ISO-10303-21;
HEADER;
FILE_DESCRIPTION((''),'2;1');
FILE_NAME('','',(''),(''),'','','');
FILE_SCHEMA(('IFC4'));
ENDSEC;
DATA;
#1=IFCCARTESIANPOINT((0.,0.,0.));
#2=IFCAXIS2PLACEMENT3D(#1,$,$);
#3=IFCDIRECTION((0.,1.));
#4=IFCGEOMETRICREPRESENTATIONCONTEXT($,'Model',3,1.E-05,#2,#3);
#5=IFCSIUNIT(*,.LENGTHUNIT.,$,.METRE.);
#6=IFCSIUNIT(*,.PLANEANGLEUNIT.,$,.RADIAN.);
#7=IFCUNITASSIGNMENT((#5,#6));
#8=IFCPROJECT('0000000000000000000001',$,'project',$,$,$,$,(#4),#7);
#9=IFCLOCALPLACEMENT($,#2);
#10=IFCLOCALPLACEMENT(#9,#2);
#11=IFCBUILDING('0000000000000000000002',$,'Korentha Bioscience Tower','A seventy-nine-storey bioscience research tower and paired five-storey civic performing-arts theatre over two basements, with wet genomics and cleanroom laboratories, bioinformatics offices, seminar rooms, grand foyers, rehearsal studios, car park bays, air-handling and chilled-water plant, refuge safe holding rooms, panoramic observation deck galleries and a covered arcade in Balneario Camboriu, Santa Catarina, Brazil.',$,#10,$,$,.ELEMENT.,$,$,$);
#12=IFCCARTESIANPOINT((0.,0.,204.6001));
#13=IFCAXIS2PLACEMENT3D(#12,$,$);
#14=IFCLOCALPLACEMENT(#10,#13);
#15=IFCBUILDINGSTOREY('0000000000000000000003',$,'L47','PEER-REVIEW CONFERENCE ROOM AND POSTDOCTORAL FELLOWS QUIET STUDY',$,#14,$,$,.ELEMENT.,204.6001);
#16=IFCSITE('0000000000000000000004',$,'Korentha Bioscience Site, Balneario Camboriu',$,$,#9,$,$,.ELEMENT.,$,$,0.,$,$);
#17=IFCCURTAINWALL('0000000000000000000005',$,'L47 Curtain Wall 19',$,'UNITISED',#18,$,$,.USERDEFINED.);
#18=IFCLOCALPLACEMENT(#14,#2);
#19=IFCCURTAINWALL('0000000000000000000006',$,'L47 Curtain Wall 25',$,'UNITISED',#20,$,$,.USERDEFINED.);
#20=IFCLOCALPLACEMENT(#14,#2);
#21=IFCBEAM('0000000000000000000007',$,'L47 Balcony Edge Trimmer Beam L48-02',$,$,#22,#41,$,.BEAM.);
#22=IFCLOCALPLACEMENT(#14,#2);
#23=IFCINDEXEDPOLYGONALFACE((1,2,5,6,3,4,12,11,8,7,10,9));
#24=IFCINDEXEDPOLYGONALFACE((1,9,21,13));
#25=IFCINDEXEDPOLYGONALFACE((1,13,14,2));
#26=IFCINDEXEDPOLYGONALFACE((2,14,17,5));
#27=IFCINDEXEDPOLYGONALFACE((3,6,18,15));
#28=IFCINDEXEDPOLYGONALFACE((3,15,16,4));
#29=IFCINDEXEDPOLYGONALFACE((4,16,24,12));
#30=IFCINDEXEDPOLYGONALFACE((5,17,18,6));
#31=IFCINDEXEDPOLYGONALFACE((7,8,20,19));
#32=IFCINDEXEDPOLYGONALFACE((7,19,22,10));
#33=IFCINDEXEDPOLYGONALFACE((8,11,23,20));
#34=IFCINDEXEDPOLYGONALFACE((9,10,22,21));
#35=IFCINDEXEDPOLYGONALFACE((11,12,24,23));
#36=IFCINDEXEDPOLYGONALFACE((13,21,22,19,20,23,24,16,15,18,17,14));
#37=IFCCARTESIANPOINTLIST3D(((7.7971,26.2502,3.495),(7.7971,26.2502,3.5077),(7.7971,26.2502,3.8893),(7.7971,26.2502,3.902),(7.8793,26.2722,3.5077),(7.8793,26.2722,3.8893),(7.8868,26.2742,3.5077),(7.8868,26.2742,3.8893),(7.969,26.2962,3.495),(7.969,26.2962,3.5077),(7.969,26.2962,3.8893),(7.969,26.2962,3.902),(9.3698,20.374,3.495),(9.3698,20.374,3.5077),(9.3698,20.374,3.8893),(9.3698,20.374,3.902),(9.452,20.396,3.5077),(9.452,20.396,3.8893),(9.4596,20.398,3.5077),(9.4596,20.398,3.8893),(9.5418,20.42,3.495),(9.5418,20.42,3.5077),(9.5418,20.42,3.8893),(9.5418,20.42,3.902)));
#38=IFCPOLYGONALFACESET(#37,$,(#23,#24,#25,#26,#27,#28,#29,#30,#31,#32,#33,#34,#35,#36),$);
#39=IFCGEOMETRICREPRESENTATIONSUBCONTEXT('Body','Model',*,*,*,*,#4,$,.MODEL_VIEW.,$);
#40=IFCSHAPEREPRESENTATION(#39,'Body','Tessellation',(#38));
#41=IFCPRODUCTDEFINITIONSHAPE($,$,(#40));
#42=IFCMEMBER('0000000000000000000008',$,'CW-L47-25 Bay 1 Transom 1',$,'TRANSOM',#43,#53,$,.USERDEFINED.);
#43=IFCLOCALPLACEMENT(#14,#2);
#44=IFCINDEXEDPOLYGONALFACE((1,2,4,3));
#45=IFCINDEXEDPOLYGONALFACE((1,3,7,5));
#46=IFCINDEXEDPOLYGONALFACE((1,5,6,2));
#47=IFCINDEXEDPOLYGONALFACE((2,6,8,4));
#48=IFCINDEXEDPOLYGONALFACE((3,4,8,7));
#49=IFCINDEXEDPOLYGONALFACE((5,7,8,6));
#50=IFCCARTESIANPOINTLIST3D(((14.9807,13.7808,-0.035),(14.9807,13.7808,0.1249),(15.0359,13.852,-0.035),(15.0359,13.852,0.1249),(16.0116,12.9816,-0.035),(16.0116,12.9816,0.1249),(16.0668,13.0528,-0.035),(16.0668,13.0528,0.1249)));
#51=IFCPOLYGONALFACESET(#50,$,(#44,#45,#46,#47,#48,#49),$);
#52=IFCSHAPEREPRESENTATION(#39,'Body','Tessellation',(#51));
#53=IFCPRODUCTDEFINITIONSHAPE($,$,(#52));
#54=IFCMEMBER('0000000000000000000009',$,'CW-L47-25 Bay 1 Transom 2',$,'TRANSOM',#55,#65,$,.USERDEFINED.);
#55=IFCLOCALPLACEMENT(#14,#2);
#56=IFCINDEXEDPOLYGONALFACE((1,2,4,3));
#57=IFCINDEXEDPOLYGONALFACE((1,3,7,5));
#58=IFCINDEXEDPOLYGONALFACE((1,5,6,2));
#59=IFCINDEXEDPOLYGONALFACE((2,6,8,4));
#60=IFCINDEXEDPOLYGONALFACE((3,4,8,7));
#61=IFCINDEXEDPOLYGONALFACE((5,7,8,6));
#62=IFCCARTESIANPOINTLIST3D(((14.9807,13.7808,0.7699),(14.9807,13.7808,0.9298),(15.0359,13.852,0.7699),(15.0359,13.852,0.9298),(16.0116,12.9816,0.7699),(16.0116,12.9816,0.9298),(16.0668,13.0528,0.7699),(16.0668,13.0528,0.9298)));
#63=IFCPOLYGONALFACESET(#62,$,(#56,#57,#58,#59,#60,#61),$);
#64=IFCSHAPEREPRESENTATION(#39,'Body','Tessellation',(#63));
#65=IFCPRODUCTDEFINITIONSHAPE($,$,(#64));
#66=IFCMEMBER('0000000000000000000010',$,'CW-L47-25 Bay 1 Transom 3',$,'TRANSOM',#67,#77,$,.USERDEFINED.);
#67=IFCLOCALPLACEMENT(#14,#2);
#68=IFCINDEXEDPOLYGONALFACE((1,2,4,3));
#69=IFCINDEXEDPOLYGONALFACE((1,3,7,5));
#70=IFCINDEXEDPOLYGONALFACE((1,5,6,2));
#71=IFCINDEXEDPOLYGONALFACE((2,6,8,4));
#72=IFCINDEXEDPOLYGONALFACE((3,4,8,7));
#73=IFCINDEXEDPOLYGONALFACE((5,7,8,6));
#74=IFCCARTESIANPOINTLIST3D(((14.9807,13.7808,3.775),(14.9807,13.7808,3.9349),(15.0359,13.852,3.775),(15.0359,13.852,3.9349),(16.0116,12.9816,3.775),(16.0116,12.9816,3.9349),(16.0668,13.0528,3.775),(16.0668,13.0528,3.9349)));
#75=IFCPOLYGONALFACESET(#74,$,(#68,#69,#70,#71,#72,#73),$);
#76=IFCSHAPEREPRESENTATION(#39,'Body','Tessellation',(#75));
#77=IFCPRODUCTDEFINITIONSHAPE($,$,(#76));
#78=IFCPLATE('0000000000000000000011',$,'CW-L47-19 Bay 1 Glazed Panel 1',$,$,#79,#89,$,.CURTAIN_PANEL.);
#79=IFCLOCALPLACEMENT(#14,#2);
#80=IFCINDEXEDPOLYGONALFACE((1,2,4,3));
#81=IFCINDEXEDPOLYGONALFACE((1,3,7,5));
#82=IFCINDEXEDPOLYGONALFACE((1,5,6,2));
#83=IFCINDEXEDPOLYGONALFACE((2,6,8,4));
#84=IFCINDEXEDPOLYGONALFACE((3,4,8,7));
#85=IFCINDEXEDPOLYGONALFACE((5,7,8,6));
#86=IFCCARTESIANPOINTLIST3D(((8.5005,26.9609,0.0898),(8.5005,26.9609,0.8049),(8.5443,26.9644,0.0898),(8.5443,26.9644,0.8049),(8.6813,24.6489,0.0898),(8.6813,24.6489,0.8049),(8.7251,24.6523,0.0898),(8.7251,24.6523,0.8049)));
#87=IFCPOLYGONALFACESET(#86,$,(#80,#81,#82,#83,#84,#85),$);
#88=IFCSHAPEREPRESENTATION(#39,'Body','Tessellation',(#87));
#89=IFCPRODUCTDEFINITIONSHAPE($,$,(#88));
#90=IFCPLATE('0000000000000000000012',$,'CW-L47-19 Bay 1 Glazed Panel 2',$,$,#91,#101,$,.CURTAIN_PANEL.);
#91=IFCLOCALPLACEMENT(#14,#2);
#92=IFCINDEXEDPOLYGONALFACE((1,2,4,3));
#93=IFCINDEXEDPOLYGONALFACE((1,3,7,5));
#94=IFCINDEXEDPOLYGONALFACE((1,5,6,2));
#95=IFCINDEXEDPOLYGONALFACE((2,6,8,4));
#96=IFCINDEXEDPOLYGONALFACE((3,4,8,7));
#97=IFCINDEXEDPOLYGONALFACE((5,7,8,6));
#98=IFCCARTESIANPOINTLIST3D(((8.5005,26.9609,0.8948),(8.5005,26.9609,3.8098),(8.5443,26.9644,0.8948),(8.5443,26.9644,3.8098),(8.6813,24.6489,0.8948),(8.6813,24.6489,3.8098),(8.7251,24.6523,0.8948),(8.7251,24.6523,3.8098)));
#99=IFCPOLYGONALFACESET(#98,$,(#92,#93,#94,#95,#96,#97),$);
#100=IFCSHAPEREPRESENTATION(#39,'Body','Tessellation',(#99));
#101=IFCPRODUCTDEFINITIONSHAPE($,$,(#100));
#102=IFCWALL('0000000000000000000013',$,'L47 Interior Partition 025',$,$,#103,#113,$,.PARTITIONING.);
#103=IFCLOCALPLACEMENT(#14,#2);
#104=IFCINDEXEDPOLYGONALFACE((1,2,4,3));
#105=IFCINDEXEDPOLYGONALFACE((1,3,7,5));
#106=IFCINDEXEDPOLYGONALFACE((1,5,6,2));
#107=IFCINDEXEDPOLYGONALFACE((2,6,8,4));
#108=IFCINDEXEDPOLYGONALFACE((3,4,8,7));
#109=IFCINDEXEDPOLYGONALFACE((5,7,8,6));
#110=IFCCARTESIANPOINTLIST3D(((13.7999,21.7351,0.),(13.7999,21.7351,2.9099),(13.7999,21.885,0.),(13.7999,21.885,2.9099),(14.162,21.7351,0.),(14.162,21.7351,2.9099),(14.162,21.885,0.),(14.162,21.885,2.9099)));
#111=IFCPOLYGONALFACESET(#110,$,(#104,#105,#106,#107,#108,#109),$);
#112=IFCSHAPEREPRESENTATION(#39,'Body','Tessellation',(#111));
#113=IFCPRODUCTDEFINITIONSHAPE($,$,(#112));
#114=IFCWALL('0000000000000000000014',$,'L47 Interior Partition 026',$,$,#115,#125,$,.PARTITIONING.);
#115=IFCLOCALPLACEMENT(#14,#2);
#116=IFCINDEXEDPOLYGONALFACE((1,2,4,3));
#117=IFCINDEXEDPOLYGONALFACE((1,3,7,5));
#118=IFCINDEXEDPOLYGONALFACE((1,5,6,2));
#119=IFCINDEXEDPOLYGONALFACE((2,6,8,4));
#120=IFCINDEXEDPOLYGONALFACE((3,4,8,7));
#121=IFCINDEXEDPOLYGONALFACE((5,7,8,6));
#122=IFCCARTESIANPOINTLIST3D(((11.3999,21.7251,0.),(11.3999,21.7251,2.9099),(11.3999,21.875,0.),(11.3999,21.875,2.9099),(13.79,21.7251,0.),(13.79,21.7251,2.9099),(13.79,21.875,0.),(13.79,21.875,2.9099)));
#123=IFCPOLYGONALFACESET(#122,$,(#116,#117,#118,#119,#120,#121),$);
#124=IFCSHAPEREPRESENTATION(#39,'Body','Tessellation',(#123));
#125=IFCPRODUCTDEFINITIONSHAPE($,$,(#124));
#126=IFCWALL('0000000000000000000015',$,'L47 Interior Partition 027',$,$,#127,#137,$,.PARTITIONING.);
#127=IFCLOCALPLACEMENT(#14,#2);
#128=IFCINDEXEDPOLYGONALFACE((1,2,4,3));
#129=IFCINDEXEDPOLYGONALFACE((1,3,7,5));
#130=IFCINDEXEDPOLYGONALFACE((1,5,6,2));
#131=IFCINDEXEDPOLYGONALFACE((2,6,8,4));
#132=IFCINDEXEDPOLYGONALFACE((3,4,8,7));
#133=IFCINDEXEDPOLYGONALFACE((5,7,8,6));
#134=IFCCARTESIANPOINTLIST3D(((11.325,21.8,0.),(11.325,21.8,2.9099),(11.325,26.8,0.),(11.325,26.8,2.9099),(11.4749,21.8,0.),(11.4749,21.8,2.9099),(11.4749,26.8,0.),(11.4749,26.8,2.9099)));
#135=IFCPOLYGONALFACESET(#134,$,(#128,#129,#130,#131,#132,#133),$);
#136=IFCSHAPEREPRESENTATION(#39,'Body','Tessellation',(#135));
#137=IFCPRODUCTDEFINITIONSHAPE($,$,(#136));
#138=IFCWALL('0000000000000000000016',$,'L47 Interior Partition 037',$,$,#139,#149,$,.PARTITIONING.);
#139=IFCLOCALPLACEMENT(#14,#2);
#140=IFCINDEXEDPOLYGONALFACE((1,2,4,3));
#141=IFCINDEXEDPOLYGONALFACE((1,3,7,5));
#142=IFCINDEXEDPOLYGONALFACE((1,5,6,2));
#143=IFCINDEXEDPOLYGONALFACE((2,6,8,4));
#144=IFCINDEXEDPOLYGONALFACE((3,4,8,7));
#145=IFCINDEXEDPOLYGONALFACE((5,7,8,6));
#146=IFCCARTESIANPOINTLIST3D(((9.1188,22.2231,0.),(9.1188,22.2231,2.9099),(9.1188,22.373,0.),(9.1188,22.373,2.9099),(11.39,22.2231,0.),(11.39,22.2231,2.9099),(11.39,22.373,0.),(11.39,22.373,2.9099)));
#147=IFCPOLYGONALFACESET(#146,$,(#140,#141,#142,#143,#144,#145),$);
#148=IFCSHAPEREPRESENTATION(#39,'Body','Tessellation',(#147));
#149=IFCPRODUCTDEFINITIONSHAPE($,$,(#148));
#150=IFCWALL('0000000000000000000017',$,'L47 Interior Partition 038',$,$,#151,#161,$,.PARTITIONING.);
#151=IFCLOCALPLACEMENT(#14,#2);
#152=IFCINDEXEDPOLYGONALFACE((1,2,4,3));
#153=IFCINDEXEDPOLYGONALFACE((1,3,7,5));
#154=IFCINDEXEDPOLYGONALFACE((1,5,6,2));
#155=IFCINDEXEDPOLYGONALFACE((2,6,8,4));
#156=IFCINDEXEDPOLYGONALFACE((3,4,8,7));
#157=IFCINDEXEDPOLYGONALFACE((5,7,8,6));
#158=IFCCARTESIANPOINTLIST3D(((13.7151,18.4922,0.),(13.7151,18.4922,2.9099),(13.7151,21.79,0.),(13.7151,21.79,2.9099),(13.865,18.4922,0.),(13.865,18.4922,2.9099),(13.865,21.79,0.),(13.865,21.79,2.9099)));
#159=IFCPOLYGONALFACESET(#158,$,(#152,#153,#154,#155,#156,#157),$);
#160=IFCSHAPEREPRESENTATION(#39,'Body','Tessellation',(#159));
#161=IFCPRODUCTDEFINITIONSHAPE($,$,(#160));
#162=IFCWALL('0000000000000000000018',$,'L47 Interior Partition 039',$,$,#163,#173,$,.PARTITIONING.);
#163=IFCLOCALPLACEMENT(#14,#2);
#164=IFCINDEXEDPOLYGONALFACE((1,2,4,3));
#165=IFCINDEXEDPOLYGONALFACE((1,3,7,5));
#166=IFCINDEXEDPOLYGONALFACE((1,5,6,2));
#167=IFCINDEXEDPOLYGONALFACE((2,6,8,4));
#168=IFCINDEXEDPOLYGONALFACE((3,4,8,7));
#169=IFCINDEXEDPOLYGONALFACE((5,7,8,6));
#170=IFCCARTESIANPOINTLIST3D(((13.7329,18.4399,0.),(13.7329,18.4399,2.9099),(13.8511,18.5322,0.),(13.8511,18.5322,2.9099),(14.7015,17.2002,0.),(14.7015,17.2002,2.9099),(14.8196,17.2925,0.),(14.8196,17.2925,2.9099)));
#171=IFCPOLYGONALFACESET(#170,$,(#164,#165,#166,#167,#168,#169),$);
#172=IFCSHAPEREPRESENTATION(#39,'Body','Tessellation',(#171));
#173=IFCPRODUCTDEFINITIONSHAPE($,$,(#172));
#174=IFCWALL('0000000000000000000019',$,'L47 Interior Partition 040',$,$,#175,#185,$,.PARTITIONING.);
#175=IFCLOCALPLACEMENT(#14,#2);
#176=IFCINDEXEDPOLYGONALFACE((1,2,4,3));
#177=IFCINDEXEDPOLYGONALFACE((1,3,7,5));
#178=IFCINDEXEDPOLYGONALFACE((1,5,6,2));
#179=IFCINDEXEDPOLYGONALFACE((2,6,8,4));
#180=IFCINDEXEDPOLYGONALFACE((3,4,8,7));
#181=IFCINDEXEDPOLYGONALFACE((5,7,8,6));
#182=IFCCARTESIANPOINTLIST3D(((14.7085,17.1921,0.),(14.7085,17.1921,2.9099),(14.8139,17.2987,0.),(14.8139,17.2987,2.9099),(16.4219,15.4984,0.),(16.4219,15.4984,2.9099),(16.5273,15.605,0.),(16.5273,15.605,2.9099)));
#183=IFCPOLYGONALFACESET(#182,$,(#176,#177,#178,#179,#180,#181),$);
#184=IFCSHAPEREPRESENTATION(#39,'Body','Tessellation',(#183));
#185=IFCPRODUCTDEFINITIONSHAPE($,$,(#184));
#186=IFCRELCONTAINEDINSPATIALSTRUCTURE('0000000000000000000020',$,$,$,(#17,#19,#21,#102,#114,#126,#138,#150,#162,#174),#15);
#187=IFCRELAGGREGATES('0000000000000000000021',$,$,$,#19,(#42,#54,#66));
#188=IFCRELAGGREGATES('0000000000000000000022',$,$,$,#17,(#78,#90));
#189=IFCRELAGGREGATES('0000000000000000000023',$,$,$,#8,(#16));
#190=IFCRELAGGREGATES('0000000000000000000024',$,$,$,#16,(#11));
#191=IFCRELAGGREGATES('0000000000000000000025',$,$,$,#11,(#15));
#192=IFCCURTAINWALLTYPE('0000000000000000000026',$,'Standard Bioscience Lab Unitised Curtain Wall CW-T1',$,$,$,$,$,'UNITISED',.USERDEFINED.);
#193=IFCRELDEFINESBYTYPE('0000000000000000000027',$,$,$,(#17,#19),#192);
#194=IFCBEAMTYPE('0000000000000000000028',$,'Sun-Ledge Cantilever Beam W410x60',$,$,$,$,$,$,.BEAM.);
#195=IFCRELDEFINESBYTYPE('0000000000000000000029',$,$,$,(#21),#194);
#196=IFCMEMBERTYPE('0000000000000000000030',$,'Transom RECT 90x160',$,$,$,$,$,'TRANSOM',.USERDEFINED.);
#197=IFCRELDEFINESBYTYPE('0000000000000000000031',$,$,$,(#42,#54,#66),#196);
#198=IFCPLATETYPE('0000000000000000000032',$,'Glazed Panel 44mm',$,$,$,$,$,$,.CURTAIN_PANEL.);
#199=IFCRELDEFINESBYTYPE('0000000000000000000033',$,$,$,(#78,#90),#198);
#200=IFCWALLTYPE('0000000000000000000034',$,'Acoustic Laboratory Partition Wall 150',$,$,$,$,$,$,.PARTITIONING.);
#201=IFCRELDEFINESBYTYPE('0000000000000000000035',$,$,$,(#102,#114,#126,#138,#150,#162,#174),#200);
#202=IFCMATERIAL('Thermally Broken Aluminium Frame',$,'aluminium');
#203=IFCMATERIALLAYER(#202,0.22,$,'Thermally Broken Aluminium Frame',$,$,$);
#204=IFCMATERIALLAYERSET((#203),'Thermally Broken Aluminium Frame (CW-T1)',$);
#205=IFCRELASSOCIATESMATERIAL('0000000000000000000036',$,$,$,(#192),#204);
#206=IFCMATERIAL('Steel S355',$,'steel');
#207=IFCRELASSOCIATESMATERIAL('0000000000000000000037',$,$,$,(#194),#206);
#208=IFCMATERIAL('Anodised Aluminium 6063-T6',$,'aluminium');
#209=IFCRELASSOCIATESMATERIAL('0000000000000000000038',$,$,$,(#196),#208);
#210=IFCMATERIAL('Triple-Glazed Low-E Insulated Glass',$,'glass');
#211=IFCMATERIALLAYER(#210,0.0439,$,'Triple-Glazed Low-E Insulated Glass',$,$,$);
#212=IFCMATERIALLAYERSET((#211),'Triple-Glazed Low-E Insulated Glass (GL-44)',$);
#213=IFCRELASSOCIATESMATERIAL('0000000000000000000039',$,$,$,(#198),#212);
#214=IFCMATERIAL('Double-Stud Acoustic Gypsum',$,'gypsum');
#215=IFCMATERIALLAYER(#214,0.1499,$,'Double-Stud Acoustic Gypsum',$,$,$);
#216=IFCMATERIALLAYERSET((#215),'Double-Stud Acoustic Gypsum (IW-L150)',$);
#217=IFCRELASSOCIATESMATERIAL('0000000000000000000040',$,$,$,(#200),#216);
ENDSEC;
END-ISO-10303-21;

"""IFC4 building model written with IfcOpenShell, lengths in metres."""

from ifc_helpers import new_model, si_unit, direction, frame, frame_2d, origin, origin_2d, place, context, subcontext, project, spatial, rectangle, i_section, extrude, material, layer, layer_set, material_profile, profile_set, type_object, element, aggregate, save


model = new_model("IFC4")

# Units and contexts
model_context = context("Model", 3, precision=1e-05, world=origin(), true_north=direction((0.0, 1.0)))
body_context = subcontext(model_context, "Body", "Model", "MODEL_VIEW")
ifc_project = project(units=[si_unit("LENGTHUNIT", "METRE"), si_unit("PLANEANGLEUNIT", "RADIAN")], contexts=[model_context])

# Site, building, storey
site_placement = place(None, origin())
site = spatial("IfcSite", under=ifc_project, at=site_placement, Name="Korentha Bioscience Site, Balneario Camboriu", CompositionType="ELEMENT", RefElevation=0.0)
building_placement = place(site_placement, origin())
building = spatial("IfcBuilding", under=site, at=building_placement, Name="Korentha Bioscience Tower", Description="A seventy-nine-storey bioscience research tower and paired five-storey civic performing-arts theatre over two basements, with wet genomics and cleanroom laboratories, bioinformatics offices, seminar rooms, grand foyers, rehearsal studios, car park bays, air-handling and chilled-water plant, refuge safe holding rooms, panoramic observation deck galleries and a covered arcade in Balneario Camboriu, Santa Catarina, Brazil.", CompositionType="ELEMENT")
storey_placement = place(building_placement, frame((0.0, 0.0, 204.6001)))
storey = spatial("IfcBuildingStorey", under=building, at=storey_placement, Name="L47", Description="PEER-REVIEW CONFERENCE ROOM AND POSTDOCTORAL FELLOWS QUIET STUDY", CompositionType="ELEMENT", Elevation=204.6001)

# Curtain walls
ifc_material_1 = material(Name="Thermally Broken Aluminium Frame", Category="aluminium")
ifc_layer_1 = layer(ifc_material_1, 0.22, Name="Thermally Broken Aluminium Frame")
ifc_layer_set_1 = layer_set([ifc_layer_1], Name="Thermally Broken Aluminium Frame (CW-T1)")
curtain_wall_type = type_object("IfcCurtainWallType", Name="Standard Bioscience Lab Unitised Curtain Wall CW-T1", ElementType="UNITISED", PredefinedType="USERDEFINED", material=ifc_layer_set_1)
curtain_wall_1_placement = place(storey_placement, origin())
curtain_wall_1 = element("IfcCurtainWall", 1, at=curtain_wall_1_placement, inside=storey, type_object=curtain_wall_type, Name="L47 Curtain Wall 19", ObjectType="UNITISED", PredefinedType="USERDEFINED")
ifc_material_2 = material(Name="Anodised Aluminium 6063-T6", Category="aluminium")
curtain_wall_2_placement = place(storey_placement, origin())
curtain_wall_2 = element("IfcCurtainWall", 2, at=curtain_wall_2_placement, inside=storey, type_object=curtain_wall_type, Name="L47 Curtain Wall 25", ObjectType="UNITISED", PredefinedType="USERDEFINED")

# Beam
ifc_material_3 = material(Name="Steel S355", Category="steel")
ifc_material_profile_1 = material_profile(ifc_material_3, i_section(OverallWidth=0.178, OverallDepth=0.407, WebThickness=0.0078, FlangeThickness=0.0127, at=origin_2d()), Name="Steel S355")
ifc_profile_set_1 = profile_set([ifc_material_profile_1], Name="Steel S355 (CB-410)")
beam_type_1 = type_object("IfcBeamType", Name="Sun-Ledge Cantilever Beam W410x60", PredefinedType="BEAM", material=ifc_profile_set_1)
beam_1_placement = place(storey_placement, frame((7.8831, 26.2732, 3.6985), z_axis=(0.258547, -0.965999, 0.0), x_axis=(0.965999, 0.258547, 0.0)))
element("IfcBeam", 3, at=beam_1_placement, inside=storey, type_object=beam_type_1, Name="L47 Balcony Edge Trimmer Beam L48-02", PredefinedType="BEAM", context=body_context, shape_type="SweptSolid", body=[
    extrude(i_section(OverallWidth=0.178, OverallDepth=0.407, WebThickness=0.0078, FlangeThickness=0.0127, at=origin_2d()), origin(), (0.0, 0.0, 1.0), 6.083),
])

# Members
ifc_material_profile_2 = material_profile(ifc_material_2, rectangle(XDim=0.0901, YDim=0.1599, at=origin_2d()), Name="Anodised Aluminium 6063-T6")
ifc_profile_set_2 = profile_set([ifc_material_profile_2], Name="Anodised Aluminium 6063-T6 (CW-TRN)")
member_type_1 = type_object("IfcMemberType", Name="Transom RECT 90x160", ElementType="TRANSOM", PredefinedType="USERDEFINED", material=ifc_profile_set_2)
member_1_placement = place(storey_placement, frame((15.0083, 13.8164, 0.0449), z_axis=(0.790309, -0.612709, 0.0), x_axis=(0.612709, 0.790309, 0.0)))
member_1 = element("IfcMember", 4, at=member_1_placement, type_object=member_type_1, Name="CW-L47-25 Bay 1 Transom 1", ObjectType="TRANSOM", PredefinedType="USERDEFINED", context=body_context, shape_type="SweptSolid", body=[
    extrude(rectangle(XDim=0.0901, YDim=0.1599, at=origin_2d()), origin(), (0.0, 0.0, 1.0), 1.3044),
])
member_2_placement = place(storey_placement, frame((15.0083, 13.8164, 0.8499), z_axis=(0.790309, -0.612709, 0.0), x_axis=(0.612709, 0.790309, 0.0)))
member_2 = element("IfcMember", 5, at=member_2_placement, type_object=member_type_1, Name="CW-L47-25 Bay 1 Transom 2", ObjectType="TRANSOM", PredefinedType="USERDEFINED", context=body_context, shape_type="SweptSolid", body=[
    extrude(rectangle(XDim=0.0901, YDim=0.1599, at=origin_2d()), origin(), (0.0, 0.0, 1.0), 1.3044),
])
member_3_placement = place(storey_placement, frame((15.0083, 13.8164, 3.855), z_axis=(0.790309, -0.612709, 0.0), x_axis=(0.612709, 0.790309, 0.0)))
member_3 = element("IfcMember", 6, at=member_3_placement, type_object=member_type_1, Name="CW-L47-25 Bay 1 Transom 3", ObjectType="TRANSOM", PredefinedType="USERDEFINED", context=body_context, shape_type="SweptSolid", body=[
    extrude(rectangle(XDim=0.0901, YDim=0.1599, at=origin_2d()), origin(), (0.0, 0.0, 1.0), 1.3044),
])
aggregate(curtain_wall_2, [member_1, member_2, member_3])

# Plates
ifc_material_4 = material(Name="Triple-Glazed Low-E Insulated Glass", Category="glass")
ifc_layer_2 = layer(ifc_material_4, 0.0439, Name="Triple-Glazed Low-E Insulated Glass")
ifc_layer_set_2 = layer_set([ifc_layer_2], Name="Triple-Glazed Low-E Insulated Glass (GL-44)")
plate_type = type_object("IfcPlateType", Name="Glazed Panel 44mm", PredefinedType="CURTAIN_PANEL", material=ifc_layer_set_2)
plate_1_placement = place(storey_placement, frame((8.6128, 25.8066, 0.0898), z_axis=(0.0, 0.0, 1.0), x_axis=(0.077988, -0.996954, 0.0)))
plate_1 = element("IfcPlate", 7, at=plate_1_placement, type_object=plate_type, Name="CW-L47-19 Bay 1 Glazed Panel 1", PredefinedType="CURTAIN_PANEL", context=body_context, shape_type="SweptSolid", body=[
    extrude(rectangle(XDim=2.3191, YDim=0.0439, at=origin_2d()), origin(), (0.0, 0.0, 1.0), 0.7151),
])
plate_2_placement = place(storey_placement, frame((8.6128, 25.8066, 0.8948), z_axis=(0.0, 0.0, 1.0), x_axis=(0.077988, -0.996954, 0.0)))
plate_2 = element("IfcPlate", 8, at=plate_2_placement, type_object=plate_type, Name="CW-L47-19 Bay 1 Glazed Panel 2", PredefinedType="CURTAIN_PANEL", context=body_context, shape_type="SweptSolid", body=[
    extrude(rectangle(XDim=2.3191, YDim=0.0439, at=origin_2d()), origin(), (0.0, 0.0, 1.0), 2.915),
])
aggregate(curtain_wall_1, [plate_1, plate_2])

# Walls
ifc_material_5 = material(Name="Double-Stud Acoustic Gypsum", Category="gypsum")
ifc_layer_3 = layer(ifc_material_5, 0.1499, Name="Double-Stud Acoustic Gypsum")
ifc_layer_set_3 = layer_set([ifc_layer_3], Name="Double-Stud Acoustic Gypsum (IW-L150)")
wall_type_1 = type_object("IfcWallType", Name="Acoustic Laboratory Partition Wall 150", PredefinedType="PARTITIONING", material=ifc_layer_set_3)
wall_1_placement = place(storey_placement, frame((14.1621, 21.8101, 0.0), z_axis=(0.0, 0.0, 1.0), x_axis=(-1.0, 0.0, 0.0)))
element("IfcWall", 9, at=wall_1_placement, inside=storey, type_object=wall_type_1, Name="L47 Interior Partition 025", PredefinedType="PARTITIONING", context=body_context, shape_type="SweptSolid", body=[
    extrude(rectangle(XDim=0.3621, YDim=0.1499, at=frame_2d((0.1812, 0.0))), origin(), (0.0, 0.0, 1.0), 2.9099),
])
wall_2_placement = place(storey_placement, frame((13.79, 21.8, 0.0), z_axis=(0.0, 0.0, 1.0), x_axis=(-1.0, 0.0, 0.0)))
element("IfcWall", 10, at=wall_2_placement, inside=storey, type_object=wall_type_1, Name="L47 Interior Partition 026", PredefinedType="PARTITIONING", context=body_context, shape_type="SweptSolid", body=[
    extrude(rectangle(XDim=2.3901, YDim=0.1499, at=frame_2d((1.1951, 0.0))), origin(), (0.0, 0.0, 1.0), 2.9099),
])
wall_3_placement = place(storey_placement, frame((11.3999, 21.8, 0.0), z_axis=(0.0, 0.0, 1.0), x_axis=(0.0, 1.0, 0.0)))
element("IfcWall", 11, at=wall_3_placement, inside=storey, type_object=wall_type_1, Name="L47 Interior Partition 027", PredefinedType="PARTITIONING", context=body_context, shape_type="SweptSolid", body=[
    extrude(rectangle(XDim=5.0, YDim=0.1499, at=frame_2d((2.5, 0.0))), origin(), (0.0, 0.0, 1.0), 2.9099),
])
wall_4_placement = place(storey_placement, frame((9.1187, 22.2981, 0.0), z_axis=(0.0, 0.0, 1.0), x_axis=(1.0, 0.0, 0.0)))
element("IfcWall", 12, at=wall_4_placement, inside=storey, type_object=wall_type_1, Name="L47 Interior Partition 037", PredefinedType="PARTITIONING", context=body_context, shape_type="SweptSolid", body=[
    extrude(rectangle(XDim=2.2712, YDim=0.1499, at=frame_2d((1.1357, 0.0))), origin(), (0.0, 0.0, 1.0), 2.9099),
])
wall_5_placement = place(storey_placement, frame((13.79, 21.79, 0.0), z_axis=(0.0, 0.0, 1.0), x_axis=(0.0, -1.0, 0.0)))
element("IfcWall", 13, at=wall_5_placement, inside=storey, type_object=wall_type_1, Name="L47 Interior Partition 038", PredefinedType="PARTITIONING", context=body_context, shape_type="SweptSolid", body=[
    extrude(rectangle(XDim=3.2979, YDim=0.1499, at=frame_2d((1.6489, 0.0))), origin(), (0.0, 0.0, 1.0), 2.9099),
])
wall_6_placement = place(storey_placement, frame((13.792, 18.4861, 0.0), z_axis=(0.0, 0.0, 1.0), x_axis=(0.615626, -0.788038, 0.0)))
element("IfcWall", 14, at=wall_6_placement, inside=storey, type_object=wall_type_1, Name="L47 Interior Partition 039", PredefinedType="PARTITIONING", context=body_context, shape_type="SweptSolid", body=[
    extrude(rectangle(XDim=1.5732, YDim=0.1499, at=frame_2d((0.7866, 0.0))), origin(), (0.0, 0.0, 1.0), 2.9099),
])
wall_7_placement = place(storey_placement, frame((14.7612, 17.2454, 0.0), z_axis=(0.0, 0.0, 1.0), x_axis=(0.711199, -0.702991, 0.0)))
element("IfcWall", 15, at=wall_7_placement, inside=storey, type_object=wall_type_1, Name="L47 Interior Partition 040", PredefinedType="PARTITIONING", context=body_context, shape_type="SweptSolid", body=[
    extrude(rectangle(XDim=2.4092, YDim=0.1499, at=frame_2d((1.2046, 0.0))), origin(), (0.0, 0.0, 1.0), 2.9099),
])

save(model, "model.ifc")
